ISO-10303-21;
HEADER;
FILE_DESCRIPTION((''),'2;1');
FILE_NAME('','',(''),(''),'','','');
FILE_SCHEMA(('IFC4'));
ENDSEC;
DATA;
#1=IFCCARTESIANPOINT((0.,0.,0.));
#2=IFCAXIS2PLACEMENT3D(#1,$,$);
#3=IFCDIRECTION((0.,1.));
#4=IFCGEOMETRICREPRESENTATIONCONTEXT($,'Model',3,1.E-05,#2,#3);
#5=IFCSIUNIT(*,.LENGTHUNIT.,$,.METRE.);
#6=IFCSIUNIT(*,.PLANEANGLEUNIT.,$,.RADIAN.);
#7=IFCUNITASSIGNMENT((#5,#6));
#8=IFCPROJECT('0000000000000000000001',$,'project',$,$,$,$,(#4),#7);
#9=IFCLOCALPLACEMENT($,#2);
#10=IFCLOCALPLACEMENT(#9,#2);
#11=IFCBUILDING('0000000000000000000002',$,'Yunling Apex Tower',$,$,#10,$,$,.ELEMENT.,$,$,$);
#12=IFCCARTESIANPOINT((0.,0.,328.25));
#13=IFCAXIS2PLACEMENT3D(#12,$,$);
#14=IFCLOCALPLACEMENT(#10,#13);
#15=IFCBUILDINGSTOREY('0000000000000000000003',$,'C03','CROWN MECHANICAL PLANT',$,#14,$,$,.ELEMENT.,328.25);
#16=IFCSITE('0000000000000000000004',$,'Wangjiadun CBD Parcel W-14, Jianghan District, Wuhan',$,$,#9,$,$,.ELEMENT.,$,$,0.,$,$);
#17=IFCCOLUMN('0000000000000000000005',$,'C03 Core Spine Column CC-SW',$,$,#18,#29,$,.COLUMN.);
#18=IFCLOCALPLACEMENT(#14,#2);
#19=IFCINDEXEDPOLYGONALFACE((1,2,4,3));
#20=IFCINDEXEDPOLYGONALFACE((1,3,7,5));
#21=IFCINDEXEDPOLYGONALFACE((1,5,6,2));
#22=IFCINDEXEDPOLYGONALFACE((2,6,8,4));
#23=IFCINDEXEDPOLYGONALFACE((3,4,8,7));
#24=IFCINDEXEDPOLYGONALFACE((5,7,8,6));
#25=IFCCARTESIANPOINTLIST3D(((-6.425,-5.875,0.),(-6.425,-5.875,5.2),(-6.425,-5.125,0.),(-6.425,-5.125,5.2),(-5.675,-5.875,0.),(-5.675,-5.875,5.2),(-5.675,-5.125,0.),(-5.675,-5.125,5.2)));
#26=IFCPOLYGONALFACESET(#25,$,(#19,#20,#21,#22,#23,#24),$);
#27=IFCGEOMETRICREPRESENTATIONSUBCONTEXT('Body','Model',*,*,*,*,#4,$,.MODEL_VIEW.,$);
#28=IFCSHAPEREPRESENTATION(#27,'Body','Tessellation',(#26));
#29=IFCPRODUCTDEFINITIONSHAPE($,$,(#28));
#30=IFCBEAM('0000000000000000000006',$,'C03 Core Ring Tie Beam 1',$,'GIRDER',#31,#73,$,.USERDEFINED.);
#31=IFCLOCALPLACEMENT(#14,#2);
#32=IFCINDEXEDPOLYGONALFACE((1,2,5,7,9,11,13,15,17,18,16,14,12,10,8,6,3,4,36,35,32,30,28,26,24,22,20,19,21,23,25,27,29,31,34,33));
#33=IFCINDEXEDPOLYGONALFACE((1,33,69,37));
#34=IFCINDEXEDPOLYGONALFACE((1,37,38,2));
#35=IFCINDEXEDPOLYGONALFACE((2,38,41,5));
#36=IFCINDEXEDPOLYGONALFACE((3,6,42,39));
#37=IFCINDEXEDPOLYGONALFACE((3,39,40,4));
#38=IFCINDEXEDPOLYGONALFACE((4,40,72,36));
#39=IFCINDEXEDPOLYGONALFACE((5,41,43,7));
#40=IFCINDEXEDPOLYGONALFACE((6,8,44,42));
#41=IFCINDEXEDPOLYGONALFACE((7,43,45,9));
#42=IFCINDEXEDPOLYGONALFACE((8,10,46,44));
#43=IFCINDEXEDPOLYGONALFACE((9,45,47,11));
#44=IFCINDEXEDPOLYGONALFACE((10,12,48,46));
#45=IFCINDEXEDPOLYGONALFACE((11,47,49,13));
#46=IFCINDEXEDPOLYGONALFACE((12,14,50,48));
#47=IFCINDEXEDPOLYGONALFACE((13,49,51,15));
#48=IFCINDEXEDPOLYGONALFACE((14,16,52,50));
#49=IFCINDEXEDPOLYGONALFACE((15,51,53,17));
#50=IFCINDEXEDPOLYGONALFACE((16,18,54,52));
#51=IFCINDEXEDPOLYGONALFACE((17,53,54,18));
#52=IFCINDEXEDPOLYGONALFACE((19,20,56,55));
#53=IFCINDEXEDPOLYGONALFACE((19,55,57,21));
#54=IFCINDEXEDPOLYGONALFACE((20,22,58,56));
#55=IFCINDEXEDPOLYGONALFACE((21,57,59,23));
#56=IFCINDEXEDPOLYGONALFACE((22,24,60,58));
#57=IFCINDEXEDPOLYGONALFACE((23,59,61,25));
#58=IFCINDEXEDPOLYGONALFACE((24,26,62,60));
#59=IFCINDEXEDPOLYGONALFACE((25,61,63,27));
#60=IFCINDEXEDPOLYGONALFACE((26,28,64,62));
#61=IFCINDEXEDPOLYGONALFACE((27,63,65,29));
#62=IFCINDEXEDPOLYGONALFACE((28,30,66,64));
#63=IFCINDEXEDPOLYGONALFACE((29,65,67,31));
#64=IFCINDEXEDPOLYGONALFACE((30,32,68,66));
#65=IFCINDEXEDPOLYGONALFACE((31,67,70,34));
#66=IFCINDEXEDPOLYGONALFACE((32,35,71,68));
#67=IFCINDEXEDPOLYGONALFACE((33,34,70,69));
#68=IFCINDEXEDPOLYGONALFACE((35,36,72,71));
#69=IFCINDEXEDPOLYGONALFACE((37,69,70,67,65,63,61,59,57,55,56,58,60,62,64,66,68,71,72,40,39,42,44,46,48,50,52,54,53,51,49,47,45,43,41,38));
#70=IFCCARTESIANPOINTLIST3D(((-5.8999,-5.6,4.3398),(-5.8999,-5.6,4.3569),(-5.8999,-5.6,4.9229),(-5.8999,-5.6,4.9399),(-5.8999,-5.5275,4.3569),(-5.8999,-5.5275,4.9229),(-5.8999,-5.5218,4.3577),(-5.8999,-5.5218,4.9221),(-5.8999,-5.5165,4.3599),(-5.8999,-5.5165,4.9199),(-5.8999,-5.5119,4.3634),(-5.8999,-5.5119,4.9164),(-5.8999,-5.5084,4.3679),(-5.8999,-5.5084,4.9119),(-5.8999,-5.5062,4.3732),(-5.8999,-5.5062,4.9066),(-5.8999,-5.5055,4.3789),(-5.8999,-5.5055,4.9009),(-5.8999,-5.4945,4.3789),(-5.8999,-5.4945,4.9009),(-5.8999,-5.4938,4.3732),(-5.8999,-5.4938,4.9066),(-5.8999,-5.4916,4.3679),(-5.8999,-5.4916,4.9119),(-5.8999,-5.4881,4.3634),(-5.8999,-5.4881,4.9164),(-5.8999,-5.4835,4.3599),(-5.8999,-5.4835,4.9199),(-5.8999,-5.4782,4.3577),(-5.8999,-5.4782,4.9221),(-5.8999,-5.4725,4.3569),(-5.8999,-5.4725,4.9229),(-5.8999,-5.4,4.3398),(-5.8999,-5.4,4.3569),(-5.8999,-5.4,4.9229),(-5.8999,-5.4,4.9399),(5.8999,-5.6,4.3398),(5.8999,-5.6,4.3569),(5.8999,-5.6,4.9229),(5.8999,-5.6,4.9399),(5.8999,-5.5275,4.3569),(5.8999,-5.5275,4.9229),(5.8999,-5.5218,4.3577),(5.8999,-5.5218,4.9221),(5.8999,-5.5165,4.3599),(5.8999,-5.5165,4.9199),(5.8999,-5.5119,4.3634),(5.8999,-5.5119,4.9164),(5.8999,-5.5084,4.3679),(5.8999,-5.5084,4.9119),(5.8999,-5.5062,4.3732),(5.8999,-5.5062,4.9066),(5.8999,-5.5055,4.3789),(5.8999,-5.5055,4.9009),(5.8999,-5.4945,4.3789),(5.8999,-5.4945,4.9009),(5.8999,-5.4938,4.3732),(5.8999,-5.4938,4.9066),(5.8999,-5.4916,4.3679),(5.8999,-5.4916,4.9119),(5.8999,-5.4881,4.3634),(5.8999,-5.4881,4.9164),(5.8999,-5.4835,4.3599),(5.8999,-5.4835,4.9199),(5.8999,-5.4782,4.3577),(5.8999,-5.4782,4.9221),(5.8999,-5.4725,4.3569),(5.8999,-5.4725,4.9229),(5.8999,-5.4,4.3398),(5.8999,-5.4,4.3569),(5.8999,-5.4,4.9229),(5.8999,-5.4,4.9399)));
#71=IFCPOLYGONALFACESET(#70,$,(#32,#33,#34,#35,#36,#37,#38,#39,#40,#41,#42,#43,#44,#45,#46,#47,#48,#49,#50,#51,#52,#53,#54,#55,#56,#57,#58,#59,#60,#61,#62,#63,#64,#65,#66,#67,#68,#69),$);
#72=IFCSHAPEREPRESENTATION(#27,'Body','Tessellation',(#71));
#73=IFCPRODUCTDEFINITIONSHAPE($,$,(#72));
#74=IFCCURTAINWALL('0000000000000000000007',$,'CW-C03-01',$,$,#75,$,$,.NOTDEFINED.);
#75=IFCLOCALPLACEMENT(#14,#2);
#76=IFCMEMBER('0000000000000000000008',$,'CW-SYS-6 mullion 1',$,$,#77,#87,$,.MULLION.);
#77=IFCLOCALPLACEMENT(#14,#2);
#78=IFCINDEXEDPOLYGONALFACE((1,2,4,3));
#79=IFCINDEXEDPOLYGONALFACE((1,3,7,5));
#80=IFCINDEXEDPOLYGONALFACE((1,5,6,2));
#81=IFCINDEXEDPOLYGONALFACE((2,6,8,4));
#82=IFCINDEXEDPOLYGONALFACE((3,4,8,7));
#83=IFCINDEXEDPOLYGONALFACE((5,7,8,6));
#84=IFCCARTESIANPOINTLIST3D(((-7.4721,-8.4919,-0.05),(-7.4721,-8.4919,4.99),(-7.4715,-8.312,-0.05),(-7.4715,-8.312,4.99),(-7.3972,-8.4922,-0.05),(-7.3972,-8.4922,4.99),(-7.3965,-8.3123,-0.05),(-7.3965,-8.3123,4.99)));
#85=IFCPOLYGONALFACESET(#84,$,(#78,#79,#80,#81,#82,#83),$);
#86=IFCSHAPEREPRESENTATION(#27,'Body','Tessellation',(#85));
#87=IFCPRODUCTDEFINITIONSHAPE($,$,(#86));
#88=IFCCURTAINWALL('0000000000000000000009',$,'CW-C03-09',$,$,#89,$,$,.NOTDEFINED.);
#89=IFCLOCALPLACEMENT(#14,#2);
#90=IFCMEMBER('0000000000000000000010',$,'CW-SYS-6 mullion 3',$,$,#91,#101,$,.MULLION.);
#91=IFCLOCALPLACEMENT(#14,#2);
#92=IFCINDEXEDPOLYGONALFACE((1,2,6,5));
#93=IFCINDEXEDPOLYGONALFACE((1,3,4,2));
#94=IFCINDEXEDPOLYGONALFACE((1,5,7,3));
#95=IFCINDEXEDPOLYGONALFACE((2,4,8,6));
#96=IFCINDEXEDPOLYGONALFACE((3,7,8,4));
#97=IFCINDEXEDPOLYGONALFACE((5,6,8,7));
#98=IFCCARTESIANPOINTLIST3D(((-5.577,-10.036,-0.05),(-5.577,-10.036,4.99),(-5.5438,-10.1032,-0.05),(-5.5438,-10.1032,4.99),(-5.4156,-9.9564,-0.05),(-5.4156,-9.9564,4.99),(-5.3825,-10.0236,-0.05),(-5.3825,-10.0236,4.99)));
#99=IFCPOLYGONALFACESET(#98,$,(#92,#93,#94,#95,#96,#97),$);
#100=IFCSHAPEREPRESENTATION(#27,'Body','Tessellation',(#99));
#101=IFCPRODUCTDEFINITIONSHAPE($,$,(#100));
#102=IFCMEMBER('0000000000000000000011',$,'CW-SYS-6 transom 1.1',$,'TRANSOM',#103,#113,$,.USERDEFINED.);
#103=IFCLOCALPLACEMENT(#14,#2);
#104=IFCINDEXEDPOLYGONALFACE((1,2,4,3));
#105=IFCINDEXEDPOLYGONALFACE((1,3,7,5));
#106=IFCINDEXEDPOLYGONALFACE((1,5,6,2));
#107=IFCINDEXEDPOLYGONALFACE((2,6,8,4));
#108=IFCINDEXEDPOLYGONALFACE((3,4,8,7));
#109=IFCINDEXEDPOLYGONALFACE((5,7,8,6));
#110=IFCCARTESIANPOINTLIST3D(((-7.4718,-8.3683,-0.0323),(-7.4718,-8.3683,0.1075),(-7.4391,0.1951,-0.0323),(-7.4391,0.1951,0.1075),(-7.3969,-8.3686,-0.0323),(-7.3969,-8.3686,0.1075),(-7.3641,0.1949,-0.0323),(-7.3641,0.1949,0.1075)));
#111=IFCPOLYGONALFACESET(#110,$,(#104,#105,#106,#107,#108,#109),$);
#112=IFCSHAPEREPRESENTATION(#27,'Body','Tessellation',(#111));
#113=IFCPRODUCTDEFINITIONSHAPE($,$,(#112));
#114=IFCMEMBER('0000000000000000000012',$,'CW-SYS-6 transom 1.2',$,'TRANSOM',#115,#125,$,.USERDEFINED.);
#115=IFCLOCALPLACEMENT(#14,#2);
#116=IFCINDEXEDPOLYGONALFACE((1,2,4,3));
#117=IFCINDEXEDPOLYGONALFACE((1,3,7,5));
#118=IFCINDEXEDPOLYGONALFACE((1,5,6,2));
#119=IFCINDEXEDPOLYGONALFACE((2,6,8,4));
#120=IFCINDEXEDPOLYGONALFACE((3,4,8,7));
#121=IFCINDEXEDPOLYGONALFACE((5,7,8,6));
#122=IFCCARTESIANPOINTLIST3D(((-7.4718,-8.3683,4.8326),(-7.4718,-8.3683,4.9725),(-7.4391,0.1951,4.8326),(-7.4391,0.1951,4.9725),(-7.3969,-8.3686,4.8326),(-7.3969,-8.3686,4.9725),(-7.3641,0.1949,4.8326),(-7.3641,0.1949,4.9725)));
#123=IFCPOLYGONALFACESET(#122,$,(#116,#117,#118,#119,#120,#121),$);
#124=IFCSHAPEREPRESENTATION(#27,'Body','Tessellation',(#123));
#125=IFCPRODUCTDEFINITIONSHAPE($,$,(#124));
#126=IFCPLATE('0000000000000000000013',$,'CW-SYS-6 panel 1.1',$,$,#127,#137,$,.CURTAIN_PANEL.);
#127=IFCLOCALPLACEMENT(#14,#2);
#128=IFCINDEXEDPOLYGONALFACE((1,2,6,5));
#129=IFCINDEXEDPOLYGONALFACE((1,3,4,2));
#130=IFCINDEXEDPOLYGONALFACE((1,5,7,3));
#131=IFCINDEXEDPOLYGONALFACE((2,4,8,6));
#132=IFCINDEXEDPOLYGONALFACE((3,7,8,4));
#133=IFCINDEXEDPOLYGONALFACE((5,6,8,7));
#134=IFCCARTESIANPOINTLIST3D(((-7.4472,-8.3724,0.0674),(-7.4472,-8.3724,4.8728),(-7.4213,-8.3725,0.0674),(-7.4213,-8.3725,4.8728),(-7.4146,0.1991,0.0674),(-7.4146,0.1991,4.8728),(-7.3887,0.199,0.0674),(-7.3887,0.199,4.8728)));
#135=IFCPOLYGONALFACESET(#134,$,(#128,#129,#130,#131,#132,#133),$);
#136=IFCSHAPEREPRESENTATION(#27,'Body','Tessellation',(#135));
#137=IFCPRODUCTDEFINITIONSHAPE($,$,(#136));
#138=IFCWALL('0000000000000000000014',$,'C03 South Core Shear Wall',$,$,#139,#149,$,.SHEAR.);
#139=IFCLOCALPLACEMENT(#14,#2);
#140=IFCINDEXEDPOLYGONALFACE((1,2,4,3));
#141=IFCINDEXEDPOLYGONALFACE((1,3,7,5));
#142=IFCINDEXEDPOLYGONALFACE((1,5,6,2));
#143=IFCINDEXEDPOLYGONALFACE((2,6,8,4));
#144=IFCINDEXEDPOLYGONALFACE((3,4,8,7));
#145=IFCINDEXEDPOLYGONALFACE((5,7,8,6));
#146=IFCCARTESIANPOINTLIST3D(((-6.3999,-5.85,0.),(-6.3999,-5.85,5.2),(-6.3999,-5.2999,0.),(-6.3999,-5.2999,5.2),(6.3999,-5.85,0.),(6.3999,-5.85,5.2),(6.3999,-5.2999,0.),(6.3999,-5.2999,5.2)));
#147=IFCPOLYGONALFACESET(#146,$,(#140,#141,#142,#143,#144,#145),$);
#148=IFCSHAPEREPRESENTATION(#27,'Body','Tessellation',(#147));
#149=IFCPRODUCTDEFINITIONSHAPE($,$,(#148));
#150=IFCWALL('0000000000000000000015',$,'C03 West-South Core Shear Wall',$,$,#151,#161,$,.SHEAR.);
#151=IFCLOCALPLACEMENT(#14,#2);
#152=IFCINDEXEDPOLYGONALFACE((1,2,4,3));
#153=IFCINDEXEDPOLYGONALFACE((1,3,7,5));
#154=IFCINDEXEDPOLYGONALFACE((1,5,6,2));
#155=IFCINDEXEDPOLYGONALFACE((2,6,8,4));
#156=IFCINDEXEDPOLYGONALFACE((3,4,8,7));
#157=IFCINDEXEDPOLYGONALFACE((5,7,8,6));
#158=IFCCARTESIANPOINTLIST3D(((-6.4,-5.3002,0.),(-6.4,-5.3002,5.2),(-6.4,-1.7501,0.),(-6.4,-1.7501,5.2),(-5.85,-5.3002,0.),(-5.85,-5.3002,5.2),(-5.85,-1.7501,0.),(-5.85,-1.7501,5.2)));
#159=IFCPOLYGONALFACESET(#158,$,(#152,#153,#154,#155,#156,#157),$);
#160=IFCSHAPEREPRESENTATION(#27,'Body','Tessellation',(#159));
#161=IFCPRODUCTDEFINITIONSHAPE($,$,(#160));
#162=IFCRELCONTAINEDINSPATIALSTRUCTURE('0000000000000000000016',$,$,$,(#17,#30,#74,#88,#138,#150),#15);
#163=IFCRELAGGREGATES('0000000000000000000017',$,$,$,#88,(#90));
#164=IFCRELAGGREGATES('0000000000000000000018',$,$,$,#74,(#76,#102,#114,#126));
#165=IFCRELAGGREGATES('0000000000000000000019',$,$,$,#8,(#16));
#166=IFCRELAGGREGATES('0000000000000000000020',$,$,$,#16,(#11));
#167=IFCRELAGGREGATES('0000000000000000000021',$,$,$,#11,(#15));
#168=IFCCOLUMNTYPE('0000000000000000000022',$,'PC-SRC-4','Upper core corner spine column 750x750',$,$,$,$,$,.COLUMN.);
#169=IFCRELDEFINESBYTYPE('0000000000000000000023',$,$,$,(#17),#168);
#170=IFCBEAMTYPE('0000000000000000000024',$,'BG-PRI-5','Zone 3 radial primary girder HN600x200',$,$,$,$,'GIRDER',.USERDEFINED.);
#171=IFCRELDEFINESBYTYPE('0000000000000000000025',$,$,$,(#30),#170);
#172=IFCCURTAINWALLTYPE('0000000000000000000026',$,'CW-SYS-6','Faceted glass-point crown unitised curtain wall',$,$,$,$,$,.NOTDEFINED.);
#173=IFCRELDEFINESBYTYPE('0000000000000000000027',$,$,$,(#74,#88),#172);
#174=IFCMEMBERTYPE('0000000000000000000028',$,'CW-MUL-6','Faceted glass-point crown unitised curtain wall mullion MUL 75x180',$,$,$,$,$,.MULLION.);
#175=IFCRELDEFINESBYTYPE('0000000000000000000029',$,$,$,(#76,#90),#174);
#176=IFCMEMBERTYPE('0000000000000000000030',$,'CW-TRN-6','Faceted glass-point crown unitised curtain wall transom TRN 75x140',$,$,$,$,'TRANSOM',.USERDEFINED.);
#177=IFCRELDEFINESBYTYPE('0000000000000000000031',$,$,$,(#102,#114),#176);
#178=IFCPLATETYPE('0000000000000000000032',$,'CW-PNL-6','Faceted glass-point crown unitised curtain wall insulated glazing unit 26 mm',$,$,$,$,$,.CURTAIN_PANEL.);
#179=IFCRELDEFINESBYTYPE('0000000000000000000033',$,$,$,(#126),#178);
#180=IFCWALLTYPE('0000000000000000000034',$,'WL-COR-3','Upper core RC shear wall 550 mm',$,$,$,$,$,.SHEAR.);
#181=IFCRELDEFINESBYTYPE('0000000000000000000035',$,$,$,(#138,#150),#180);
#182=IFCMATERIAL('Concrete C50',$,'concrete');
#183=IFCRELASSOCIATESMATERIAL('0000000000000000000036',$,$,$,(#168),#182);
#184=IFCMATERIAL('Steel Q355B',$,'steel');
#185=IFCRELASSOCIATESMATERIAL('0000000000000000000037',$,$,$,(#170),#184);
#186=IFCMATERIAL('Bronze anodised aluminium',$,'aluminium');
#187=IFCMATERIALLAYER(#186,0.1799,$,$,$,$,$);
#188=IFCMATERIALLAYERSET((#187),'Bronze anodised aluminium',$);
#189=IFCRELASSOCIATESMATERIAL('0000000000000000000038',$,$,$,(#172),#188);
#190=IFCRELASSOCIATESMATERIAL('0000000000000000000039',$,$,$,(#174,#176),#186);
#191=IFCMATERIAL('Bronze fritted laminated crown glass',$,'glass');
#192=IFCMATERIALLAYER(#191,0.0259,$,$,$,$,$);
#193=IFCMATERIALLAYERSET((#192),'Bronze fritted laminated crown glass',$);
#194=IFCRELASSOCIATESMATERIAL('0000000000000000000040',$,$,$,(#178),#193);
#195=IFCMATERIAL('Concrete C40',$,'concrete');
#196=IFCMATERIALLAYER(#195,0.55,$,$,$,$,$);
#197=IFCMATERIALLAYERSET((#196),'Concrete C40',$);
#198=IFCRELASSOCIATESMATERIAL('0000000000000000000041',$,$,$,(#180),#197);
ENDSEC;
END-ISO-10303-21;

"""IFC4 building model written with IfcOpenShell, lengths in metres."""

from ifc_helpers import new_model, si_unit, direction, frame, frame_2d, origin, origin_2d, place, context, subcontext, project, spatial, rectangle, i_section, extrude, source, transform, mapped, material, layer, layer_set, material_profile, profile_set, type_object, element, aggregate, save


model = new_model("IFC4")

# Units and contexts
model_context = context("Model", 3, precision=1e-05, world=origin(), true_north=direction((0.0, 1.0)))
body_context = subcontext(model_context, "Body", "Model", "MODEL_VIEW")
ifc_project = project(units=[si_unit("LENGTHUNIT", "METRE"), si_unit("PLANEANGLEUNIT", "RADIAN")], contexts=[model_context])

# Site, building, storey
site_placement = place(None, origin())
site = spatial("IfcSite", under=ifc_project, at=site_placement, Name="Wangjiadun CBD Parcel W-14, Jianghan District, Wuhan", CompositionType="ELEMENT", RefElevation=0.0)
building_placement = place(site_placement, origin())
building = spatial("IfcBuilding", under=site, at=building_placement, Name="Yunling Apex Tower", CompositionType="ELEMENT")
storey_placement = place(building_placement, frame((0.0, 0.0, 328.25)))
storey = spatial("IfcBuildingStorey", under=building, at=storey_placement, Name="C03", Description="CROWN MECHANICAL PLANT", CompositionType="ELEMENT", Elevation=328.25)

# Column
ifc_material_1 = material(Name="Concrete C50", Category="concrete")
ifc_material_profile_1 = material_profile(ifc_material_1, rectangle(XDim=0.75, YDim=0.75, at=origin_2d()))
ifc_profile_set_1 = profile_set([ifc_material_profile_1], Name="Concrete C50")
column_type = type_object("IfcColumnType", Name="PC-SRC-4", Description="Upper core corner spine column 750x750", PredefinedType="COLUMN", material=ifc_profile_set_1)
shared_shape_1 = source(origin(), body_context, "Body", "SweptSolid", [
    extrude(rectangle(XDim=0.75, YDim=0.75, at=origin_2d()), origin(), (0.0, 0.0, 1.0), 5.2),
])
column_placement = place(storey_placement, frame((-6.05, -5.5, 0.0), z_axis=(0.0, 0.0, 1.0), x_axis=(1.0, 0.0, 0.0)))
element("IfcColumn", 1, at=column_placement, inside=storey, type_object=column_type, Name="C03 Core Spine Column CC-SW", PredefinedType="COLUMN", context=body_context, shape_type="MappedRepresentation", body=[
    mapped(shared_shape_1, transform((0.0, 0.0, 0.0), scale=1.0)),
])

# Beam
ifc_material_2 = material(Name="Steel Q355B", Category="steel")
ifc_material_profile_2 = material_profile(ifc_material_2, i_section(OverallWidth=0.2, OverallDepth=0.6001, WebThickness=0.011, FlangeThickness=0.0171, FilletRadius=0.022, at=origin_2d()))
ifc_profile_set_2 = profile_set([ifc_material_profile_2], Name="Steel Q355B")
beam_type = type_object("IfcBeamType", Name="BG-PRI-5", Description="Zone 3 radial primary girder HN600x200", ElementType="GIRDER", PredefinedType="USERDEFINED", material=ifc_profile_set_2)
shared_shape_2 = source(origin(), body_context, "Body", "SweptSolid", [
    extrude(i_section(OverallWidth=0.2, OverallDepth=0.6001, WebThickness=0.011, FlangeThickness=0.0171, FilletRadius=0.022, at=origin_2d()), origin(), (0.0, 0.0, 1.0), 11.7998),
])
beam_placement = place(storey_placement, frame((-5.8999, -5.5, 4.6399), z_axis=(1.0, 0.0, 0.0), x_axis=(0.0, 1.0, 0.0)))
element("IfcBeam", 2, at=beam_placement, inside=storey, type_object=beam_type, Name="C03 Core Ring Tie Beam 1", ObjectType="GIRDER", PredefinedType="USERDEFINED", context=body_context, shape_type="MappedRepresentation", body=[
    mapped(shared_shape_2, transform((0.0, 0.0, 0.0), scale=1.0)),
])

# Curtain walls, members
ifc_material_3 = material(Name="Bronze anodised aluminium", Category="aluminium")
ifc_layer_1 = layer(ifc_material_3, 0.1799)
ifc_layer_set_1 = layer_set([ifc_layer_1], Name="Bronze anodised aluminium")
curtain_wall_type = type_object("IfcCurtainWallType", Name="CW-SYS-6", Description="Faceted glass-point crown unitised curtain wall", PredefinedType="NOTDEFINED", material=ifc_layer_set_1)
curtain_wall_1_placement = place(storey_placement, origin())
curtain_wall_1 = element("IfcCurtainWall", 3, at=curtain_wall_1_placement, inside=storey, type_object=curtain_wall_type, Name="CW-C03-01", PredefinedType="NOTDEFINED")
ifc_material_profile_3 = material_profile(ifc_material_3, rectangle(XDim=0.075, YDim=0.1799, at=origin_2d()))
ifc_profile_set_3 = profile_set([ifc_material_profile_3], Name="Bronze anodised aluminium")
member_type_1 = type_object("IfcMemberType", Name="CW-MUL-6", Description="Faceted glass-point crown unitised curtain wall mullion MUL 75x180", PredefinedType="MULLION", material=ifc_profile_set_3)
shared_shape_3 = source(origin(), body_context, "Body", "SweptSolid", [
    extrude(rectangle(XDim=0.075, YDim=0.1799, at=origin_2d()), origin(), (0.0, 0.0, 1.0), 5.04),
])
member_1_placement = place(storey_placement, frame((-7.4343, -8.4021, -0.05), z_axis=(0.0, 0.0, 1.0), x_axis=(-0.999993, 0.003807, 0.0)))
member_1 = element("IfcMember", 4, at=member_1_placement, type_object=member_type_1, Name="CW-SYS-6 mullion 1", PredefinedType="MULLION", context=body_context, shape_type="MappedRepresentation", body=[
    mapped(shared_shape_3, transform((0.0, 0.0, 0.0), scale=1.0)),
])
curtain_wall_2_placement = place(storey_placement, origin())
curtain_wall_2 = element("IfcCurtainWall", 5, at=curtain_wall_2_placement, inside=storey, type_object=curtain_wall_type, Name="CW-C03-09", PredefinedType="NOTDEFINED")
member_2_placement = place(storey_placement, frame((-5.4797, -10.0298, -0.05), z_axis=(0.0, 0.0, 1.0), x_axis=(0.442522, -0.896758, 0.0)))
member_2 = element("IfcMember", 6, at=member_2_placement, type_object=member_type_1, Name="CW-SYS-6 mullion 3", PredefinedType="MULLION", context=body_context, shape_type="MappedRepresentation", body=[
    mapped(shared_shape_3, transform((0.0, 0.0, 0.0), scale=1.0)),
])
aggregate(curtain_wall_2, [member_2])

# Members
ifc_material_profile_4 = material_profile(ifc_material_3, rectangle(XDim=0.075, YDim=0.1399, at=origin_2d()))
ifc_profile_set_4 = profile_set([ifc_material_profile_4], Name="Bronze anodised aluminium")
member_type_2 = type_object("IfcMemberType", Name="CW-TRN-6", Description="Faceted glass-point crown unitised curtain wall transom TRN 75x140", ElementType="TRANSOM", PredefinedType="USERDEFINED", material=ifc_profile_set_4)
shared_shape_4 = source(origin(), body_context, "Body", "SweptSolid", [
    extrude(rectangle(XDim=0.075, YDim=0.1399, at=origin_2d()), origin(), (0.0, 0.0, 1.0), 8.5635),
])
member_3_placement = place(storey_placement, frame((-7.4343, -8.3684, 0.0376), z_axis=(0.00382, 0.999993, 0.0), x_axis=(-0.999993, 0.00382, 0.0)))
member_3 = element("IfcMember", 7, at=member_3_placement, type_object=member_type_2, Name="CW-SYS-6 transom 1.1", ObjectType="TRANSOM", PredefinedType="USERDEFINED", context=body_context, shape_type="MappedRepresentation", body=[
    mapped(shared_shape_4, transform((0.0, 0.0, 0.0), scale=1.0)),
])
member_4_placement = place(storey_placement, frame((-7.4343, -8.3684, 4.9026), z_axis=(0.00382, 0.999993, 0.0), x_axis=(-0.999993, 0.00382, 0.0)))
member_4 = element("IfcMember", 8, at=member_4_placement, type_object=member_type_2, Name="CW-SYS-6 transom 1.2", ObjectType="TRANSOM", PredefinedType="USERDEFINED", context=body_context, shape_type="MappedRepresentation", body=[
    mapped(shared_shape_4, transform((0.0, 0.0, 0.0), scale=1.0)),
])

# Plate
ifc_material_4 = material(Name="Bronze fritted laminated crown glass", Category="glass")
ifc_layer_2 = layer(ifc_material_4, 0.0259)
ifc_layer_set_2 = layer_set([ifc_layer_2], Name="Bronze fritted laminated crown glass")
plate_type = type_object("IfcPlateType", Name="CW-PNL-6", Description="Faceted glass-point crown unitised curtain wall insulated glazing unit 26 mm", PredefinedType="CURTAIN_PANEL", material=ifc_layer_set_2)
shared_shape_5 = source(origin(), body_context, "Body", "SweptSolid", [
    extrude(rectangle(XDim=8.5715, YDim=0.0259, at=origin_2d()), origin(), (0.0, 0.0, 1.0), 4.8054),
])
plate_placement = place(storey_placement, frame((-7.418, -4.0867, 0.0674), z_axis=(0.0, 0.0, 1.0), x_axis=(0.003807, 0.999993, 0.0)))
plate = element("IfcPlate", 9, at=plate_placement, type_object=plate_type, Name="CW-SYS-6 panel 1.1", PredefinedType="CURTAIN_PANEL", context=body_context, shape_type="MappedRepresentation", body=[
    mapped(shared_shape_5, transform((0.0, 0.0, 0.0), scale=1.0)),
])
aggregate(curtain_wall_1, [member_1, member_3, member_4, plate])

# Walls
ifc_material_5 = material(Name="Concrete C40", Category="concrete")
ifc_layer_3 = layer(ifc_material_5, 0.55)
ifc_layer_set_3 = layer_set([ifc_layer_3], Name="Concrete C40")
wall_type_1 = type_object("IfcWallType", Name="WL-COR-3", Description="Upper core RC shear wall 550 mm", PredefinedType="SHEAR", material=ifc_layer_set_3)
wall_1_placement = place(storey_placement, frame((-6.3999, -5.575, 0.0), z_axis=(0.0, 0.0, 1.0), x_axis=(1.0, 0.0, 0.0)))
element("IfcWall", 10, at=wall_1_placement, inside=storey, type_object=wall_type_1, Name="C03 South Core Shear Wall", PredefinedType="SHEAR", context=body_context, shape_type="SweptSolid", body=[
    extrude(rectangle(XDim=12.7998, YDim=0.55, at=frame_2d((6.3999, 0.0))), origin(), (0.0, 0.0, 1.0), 5.2),
])
wall_2_placement = place(storey_placement, frame((-6.125, -5.3, 0.0), z_axis=(0.0, 0.0, 1.0), x_axis=(0.0, 1.0, 0.0)))
element("IfcWall", 11, at=wall_2_placement, inside=storey, type_object=wall_type_1, Name="C03 West-South Core Shear Wall", PredefinedType="SHEAR", context=body_context, shape_type="SweptSolid", body=[
    extrude(rectangle(XDim=3.55, YDim=0.55, at=frame_2d((1.7749, 0.0))), origin(), (0.0, 0.0, 1.0), 5.2),
])

save(model, "model.ifc")
